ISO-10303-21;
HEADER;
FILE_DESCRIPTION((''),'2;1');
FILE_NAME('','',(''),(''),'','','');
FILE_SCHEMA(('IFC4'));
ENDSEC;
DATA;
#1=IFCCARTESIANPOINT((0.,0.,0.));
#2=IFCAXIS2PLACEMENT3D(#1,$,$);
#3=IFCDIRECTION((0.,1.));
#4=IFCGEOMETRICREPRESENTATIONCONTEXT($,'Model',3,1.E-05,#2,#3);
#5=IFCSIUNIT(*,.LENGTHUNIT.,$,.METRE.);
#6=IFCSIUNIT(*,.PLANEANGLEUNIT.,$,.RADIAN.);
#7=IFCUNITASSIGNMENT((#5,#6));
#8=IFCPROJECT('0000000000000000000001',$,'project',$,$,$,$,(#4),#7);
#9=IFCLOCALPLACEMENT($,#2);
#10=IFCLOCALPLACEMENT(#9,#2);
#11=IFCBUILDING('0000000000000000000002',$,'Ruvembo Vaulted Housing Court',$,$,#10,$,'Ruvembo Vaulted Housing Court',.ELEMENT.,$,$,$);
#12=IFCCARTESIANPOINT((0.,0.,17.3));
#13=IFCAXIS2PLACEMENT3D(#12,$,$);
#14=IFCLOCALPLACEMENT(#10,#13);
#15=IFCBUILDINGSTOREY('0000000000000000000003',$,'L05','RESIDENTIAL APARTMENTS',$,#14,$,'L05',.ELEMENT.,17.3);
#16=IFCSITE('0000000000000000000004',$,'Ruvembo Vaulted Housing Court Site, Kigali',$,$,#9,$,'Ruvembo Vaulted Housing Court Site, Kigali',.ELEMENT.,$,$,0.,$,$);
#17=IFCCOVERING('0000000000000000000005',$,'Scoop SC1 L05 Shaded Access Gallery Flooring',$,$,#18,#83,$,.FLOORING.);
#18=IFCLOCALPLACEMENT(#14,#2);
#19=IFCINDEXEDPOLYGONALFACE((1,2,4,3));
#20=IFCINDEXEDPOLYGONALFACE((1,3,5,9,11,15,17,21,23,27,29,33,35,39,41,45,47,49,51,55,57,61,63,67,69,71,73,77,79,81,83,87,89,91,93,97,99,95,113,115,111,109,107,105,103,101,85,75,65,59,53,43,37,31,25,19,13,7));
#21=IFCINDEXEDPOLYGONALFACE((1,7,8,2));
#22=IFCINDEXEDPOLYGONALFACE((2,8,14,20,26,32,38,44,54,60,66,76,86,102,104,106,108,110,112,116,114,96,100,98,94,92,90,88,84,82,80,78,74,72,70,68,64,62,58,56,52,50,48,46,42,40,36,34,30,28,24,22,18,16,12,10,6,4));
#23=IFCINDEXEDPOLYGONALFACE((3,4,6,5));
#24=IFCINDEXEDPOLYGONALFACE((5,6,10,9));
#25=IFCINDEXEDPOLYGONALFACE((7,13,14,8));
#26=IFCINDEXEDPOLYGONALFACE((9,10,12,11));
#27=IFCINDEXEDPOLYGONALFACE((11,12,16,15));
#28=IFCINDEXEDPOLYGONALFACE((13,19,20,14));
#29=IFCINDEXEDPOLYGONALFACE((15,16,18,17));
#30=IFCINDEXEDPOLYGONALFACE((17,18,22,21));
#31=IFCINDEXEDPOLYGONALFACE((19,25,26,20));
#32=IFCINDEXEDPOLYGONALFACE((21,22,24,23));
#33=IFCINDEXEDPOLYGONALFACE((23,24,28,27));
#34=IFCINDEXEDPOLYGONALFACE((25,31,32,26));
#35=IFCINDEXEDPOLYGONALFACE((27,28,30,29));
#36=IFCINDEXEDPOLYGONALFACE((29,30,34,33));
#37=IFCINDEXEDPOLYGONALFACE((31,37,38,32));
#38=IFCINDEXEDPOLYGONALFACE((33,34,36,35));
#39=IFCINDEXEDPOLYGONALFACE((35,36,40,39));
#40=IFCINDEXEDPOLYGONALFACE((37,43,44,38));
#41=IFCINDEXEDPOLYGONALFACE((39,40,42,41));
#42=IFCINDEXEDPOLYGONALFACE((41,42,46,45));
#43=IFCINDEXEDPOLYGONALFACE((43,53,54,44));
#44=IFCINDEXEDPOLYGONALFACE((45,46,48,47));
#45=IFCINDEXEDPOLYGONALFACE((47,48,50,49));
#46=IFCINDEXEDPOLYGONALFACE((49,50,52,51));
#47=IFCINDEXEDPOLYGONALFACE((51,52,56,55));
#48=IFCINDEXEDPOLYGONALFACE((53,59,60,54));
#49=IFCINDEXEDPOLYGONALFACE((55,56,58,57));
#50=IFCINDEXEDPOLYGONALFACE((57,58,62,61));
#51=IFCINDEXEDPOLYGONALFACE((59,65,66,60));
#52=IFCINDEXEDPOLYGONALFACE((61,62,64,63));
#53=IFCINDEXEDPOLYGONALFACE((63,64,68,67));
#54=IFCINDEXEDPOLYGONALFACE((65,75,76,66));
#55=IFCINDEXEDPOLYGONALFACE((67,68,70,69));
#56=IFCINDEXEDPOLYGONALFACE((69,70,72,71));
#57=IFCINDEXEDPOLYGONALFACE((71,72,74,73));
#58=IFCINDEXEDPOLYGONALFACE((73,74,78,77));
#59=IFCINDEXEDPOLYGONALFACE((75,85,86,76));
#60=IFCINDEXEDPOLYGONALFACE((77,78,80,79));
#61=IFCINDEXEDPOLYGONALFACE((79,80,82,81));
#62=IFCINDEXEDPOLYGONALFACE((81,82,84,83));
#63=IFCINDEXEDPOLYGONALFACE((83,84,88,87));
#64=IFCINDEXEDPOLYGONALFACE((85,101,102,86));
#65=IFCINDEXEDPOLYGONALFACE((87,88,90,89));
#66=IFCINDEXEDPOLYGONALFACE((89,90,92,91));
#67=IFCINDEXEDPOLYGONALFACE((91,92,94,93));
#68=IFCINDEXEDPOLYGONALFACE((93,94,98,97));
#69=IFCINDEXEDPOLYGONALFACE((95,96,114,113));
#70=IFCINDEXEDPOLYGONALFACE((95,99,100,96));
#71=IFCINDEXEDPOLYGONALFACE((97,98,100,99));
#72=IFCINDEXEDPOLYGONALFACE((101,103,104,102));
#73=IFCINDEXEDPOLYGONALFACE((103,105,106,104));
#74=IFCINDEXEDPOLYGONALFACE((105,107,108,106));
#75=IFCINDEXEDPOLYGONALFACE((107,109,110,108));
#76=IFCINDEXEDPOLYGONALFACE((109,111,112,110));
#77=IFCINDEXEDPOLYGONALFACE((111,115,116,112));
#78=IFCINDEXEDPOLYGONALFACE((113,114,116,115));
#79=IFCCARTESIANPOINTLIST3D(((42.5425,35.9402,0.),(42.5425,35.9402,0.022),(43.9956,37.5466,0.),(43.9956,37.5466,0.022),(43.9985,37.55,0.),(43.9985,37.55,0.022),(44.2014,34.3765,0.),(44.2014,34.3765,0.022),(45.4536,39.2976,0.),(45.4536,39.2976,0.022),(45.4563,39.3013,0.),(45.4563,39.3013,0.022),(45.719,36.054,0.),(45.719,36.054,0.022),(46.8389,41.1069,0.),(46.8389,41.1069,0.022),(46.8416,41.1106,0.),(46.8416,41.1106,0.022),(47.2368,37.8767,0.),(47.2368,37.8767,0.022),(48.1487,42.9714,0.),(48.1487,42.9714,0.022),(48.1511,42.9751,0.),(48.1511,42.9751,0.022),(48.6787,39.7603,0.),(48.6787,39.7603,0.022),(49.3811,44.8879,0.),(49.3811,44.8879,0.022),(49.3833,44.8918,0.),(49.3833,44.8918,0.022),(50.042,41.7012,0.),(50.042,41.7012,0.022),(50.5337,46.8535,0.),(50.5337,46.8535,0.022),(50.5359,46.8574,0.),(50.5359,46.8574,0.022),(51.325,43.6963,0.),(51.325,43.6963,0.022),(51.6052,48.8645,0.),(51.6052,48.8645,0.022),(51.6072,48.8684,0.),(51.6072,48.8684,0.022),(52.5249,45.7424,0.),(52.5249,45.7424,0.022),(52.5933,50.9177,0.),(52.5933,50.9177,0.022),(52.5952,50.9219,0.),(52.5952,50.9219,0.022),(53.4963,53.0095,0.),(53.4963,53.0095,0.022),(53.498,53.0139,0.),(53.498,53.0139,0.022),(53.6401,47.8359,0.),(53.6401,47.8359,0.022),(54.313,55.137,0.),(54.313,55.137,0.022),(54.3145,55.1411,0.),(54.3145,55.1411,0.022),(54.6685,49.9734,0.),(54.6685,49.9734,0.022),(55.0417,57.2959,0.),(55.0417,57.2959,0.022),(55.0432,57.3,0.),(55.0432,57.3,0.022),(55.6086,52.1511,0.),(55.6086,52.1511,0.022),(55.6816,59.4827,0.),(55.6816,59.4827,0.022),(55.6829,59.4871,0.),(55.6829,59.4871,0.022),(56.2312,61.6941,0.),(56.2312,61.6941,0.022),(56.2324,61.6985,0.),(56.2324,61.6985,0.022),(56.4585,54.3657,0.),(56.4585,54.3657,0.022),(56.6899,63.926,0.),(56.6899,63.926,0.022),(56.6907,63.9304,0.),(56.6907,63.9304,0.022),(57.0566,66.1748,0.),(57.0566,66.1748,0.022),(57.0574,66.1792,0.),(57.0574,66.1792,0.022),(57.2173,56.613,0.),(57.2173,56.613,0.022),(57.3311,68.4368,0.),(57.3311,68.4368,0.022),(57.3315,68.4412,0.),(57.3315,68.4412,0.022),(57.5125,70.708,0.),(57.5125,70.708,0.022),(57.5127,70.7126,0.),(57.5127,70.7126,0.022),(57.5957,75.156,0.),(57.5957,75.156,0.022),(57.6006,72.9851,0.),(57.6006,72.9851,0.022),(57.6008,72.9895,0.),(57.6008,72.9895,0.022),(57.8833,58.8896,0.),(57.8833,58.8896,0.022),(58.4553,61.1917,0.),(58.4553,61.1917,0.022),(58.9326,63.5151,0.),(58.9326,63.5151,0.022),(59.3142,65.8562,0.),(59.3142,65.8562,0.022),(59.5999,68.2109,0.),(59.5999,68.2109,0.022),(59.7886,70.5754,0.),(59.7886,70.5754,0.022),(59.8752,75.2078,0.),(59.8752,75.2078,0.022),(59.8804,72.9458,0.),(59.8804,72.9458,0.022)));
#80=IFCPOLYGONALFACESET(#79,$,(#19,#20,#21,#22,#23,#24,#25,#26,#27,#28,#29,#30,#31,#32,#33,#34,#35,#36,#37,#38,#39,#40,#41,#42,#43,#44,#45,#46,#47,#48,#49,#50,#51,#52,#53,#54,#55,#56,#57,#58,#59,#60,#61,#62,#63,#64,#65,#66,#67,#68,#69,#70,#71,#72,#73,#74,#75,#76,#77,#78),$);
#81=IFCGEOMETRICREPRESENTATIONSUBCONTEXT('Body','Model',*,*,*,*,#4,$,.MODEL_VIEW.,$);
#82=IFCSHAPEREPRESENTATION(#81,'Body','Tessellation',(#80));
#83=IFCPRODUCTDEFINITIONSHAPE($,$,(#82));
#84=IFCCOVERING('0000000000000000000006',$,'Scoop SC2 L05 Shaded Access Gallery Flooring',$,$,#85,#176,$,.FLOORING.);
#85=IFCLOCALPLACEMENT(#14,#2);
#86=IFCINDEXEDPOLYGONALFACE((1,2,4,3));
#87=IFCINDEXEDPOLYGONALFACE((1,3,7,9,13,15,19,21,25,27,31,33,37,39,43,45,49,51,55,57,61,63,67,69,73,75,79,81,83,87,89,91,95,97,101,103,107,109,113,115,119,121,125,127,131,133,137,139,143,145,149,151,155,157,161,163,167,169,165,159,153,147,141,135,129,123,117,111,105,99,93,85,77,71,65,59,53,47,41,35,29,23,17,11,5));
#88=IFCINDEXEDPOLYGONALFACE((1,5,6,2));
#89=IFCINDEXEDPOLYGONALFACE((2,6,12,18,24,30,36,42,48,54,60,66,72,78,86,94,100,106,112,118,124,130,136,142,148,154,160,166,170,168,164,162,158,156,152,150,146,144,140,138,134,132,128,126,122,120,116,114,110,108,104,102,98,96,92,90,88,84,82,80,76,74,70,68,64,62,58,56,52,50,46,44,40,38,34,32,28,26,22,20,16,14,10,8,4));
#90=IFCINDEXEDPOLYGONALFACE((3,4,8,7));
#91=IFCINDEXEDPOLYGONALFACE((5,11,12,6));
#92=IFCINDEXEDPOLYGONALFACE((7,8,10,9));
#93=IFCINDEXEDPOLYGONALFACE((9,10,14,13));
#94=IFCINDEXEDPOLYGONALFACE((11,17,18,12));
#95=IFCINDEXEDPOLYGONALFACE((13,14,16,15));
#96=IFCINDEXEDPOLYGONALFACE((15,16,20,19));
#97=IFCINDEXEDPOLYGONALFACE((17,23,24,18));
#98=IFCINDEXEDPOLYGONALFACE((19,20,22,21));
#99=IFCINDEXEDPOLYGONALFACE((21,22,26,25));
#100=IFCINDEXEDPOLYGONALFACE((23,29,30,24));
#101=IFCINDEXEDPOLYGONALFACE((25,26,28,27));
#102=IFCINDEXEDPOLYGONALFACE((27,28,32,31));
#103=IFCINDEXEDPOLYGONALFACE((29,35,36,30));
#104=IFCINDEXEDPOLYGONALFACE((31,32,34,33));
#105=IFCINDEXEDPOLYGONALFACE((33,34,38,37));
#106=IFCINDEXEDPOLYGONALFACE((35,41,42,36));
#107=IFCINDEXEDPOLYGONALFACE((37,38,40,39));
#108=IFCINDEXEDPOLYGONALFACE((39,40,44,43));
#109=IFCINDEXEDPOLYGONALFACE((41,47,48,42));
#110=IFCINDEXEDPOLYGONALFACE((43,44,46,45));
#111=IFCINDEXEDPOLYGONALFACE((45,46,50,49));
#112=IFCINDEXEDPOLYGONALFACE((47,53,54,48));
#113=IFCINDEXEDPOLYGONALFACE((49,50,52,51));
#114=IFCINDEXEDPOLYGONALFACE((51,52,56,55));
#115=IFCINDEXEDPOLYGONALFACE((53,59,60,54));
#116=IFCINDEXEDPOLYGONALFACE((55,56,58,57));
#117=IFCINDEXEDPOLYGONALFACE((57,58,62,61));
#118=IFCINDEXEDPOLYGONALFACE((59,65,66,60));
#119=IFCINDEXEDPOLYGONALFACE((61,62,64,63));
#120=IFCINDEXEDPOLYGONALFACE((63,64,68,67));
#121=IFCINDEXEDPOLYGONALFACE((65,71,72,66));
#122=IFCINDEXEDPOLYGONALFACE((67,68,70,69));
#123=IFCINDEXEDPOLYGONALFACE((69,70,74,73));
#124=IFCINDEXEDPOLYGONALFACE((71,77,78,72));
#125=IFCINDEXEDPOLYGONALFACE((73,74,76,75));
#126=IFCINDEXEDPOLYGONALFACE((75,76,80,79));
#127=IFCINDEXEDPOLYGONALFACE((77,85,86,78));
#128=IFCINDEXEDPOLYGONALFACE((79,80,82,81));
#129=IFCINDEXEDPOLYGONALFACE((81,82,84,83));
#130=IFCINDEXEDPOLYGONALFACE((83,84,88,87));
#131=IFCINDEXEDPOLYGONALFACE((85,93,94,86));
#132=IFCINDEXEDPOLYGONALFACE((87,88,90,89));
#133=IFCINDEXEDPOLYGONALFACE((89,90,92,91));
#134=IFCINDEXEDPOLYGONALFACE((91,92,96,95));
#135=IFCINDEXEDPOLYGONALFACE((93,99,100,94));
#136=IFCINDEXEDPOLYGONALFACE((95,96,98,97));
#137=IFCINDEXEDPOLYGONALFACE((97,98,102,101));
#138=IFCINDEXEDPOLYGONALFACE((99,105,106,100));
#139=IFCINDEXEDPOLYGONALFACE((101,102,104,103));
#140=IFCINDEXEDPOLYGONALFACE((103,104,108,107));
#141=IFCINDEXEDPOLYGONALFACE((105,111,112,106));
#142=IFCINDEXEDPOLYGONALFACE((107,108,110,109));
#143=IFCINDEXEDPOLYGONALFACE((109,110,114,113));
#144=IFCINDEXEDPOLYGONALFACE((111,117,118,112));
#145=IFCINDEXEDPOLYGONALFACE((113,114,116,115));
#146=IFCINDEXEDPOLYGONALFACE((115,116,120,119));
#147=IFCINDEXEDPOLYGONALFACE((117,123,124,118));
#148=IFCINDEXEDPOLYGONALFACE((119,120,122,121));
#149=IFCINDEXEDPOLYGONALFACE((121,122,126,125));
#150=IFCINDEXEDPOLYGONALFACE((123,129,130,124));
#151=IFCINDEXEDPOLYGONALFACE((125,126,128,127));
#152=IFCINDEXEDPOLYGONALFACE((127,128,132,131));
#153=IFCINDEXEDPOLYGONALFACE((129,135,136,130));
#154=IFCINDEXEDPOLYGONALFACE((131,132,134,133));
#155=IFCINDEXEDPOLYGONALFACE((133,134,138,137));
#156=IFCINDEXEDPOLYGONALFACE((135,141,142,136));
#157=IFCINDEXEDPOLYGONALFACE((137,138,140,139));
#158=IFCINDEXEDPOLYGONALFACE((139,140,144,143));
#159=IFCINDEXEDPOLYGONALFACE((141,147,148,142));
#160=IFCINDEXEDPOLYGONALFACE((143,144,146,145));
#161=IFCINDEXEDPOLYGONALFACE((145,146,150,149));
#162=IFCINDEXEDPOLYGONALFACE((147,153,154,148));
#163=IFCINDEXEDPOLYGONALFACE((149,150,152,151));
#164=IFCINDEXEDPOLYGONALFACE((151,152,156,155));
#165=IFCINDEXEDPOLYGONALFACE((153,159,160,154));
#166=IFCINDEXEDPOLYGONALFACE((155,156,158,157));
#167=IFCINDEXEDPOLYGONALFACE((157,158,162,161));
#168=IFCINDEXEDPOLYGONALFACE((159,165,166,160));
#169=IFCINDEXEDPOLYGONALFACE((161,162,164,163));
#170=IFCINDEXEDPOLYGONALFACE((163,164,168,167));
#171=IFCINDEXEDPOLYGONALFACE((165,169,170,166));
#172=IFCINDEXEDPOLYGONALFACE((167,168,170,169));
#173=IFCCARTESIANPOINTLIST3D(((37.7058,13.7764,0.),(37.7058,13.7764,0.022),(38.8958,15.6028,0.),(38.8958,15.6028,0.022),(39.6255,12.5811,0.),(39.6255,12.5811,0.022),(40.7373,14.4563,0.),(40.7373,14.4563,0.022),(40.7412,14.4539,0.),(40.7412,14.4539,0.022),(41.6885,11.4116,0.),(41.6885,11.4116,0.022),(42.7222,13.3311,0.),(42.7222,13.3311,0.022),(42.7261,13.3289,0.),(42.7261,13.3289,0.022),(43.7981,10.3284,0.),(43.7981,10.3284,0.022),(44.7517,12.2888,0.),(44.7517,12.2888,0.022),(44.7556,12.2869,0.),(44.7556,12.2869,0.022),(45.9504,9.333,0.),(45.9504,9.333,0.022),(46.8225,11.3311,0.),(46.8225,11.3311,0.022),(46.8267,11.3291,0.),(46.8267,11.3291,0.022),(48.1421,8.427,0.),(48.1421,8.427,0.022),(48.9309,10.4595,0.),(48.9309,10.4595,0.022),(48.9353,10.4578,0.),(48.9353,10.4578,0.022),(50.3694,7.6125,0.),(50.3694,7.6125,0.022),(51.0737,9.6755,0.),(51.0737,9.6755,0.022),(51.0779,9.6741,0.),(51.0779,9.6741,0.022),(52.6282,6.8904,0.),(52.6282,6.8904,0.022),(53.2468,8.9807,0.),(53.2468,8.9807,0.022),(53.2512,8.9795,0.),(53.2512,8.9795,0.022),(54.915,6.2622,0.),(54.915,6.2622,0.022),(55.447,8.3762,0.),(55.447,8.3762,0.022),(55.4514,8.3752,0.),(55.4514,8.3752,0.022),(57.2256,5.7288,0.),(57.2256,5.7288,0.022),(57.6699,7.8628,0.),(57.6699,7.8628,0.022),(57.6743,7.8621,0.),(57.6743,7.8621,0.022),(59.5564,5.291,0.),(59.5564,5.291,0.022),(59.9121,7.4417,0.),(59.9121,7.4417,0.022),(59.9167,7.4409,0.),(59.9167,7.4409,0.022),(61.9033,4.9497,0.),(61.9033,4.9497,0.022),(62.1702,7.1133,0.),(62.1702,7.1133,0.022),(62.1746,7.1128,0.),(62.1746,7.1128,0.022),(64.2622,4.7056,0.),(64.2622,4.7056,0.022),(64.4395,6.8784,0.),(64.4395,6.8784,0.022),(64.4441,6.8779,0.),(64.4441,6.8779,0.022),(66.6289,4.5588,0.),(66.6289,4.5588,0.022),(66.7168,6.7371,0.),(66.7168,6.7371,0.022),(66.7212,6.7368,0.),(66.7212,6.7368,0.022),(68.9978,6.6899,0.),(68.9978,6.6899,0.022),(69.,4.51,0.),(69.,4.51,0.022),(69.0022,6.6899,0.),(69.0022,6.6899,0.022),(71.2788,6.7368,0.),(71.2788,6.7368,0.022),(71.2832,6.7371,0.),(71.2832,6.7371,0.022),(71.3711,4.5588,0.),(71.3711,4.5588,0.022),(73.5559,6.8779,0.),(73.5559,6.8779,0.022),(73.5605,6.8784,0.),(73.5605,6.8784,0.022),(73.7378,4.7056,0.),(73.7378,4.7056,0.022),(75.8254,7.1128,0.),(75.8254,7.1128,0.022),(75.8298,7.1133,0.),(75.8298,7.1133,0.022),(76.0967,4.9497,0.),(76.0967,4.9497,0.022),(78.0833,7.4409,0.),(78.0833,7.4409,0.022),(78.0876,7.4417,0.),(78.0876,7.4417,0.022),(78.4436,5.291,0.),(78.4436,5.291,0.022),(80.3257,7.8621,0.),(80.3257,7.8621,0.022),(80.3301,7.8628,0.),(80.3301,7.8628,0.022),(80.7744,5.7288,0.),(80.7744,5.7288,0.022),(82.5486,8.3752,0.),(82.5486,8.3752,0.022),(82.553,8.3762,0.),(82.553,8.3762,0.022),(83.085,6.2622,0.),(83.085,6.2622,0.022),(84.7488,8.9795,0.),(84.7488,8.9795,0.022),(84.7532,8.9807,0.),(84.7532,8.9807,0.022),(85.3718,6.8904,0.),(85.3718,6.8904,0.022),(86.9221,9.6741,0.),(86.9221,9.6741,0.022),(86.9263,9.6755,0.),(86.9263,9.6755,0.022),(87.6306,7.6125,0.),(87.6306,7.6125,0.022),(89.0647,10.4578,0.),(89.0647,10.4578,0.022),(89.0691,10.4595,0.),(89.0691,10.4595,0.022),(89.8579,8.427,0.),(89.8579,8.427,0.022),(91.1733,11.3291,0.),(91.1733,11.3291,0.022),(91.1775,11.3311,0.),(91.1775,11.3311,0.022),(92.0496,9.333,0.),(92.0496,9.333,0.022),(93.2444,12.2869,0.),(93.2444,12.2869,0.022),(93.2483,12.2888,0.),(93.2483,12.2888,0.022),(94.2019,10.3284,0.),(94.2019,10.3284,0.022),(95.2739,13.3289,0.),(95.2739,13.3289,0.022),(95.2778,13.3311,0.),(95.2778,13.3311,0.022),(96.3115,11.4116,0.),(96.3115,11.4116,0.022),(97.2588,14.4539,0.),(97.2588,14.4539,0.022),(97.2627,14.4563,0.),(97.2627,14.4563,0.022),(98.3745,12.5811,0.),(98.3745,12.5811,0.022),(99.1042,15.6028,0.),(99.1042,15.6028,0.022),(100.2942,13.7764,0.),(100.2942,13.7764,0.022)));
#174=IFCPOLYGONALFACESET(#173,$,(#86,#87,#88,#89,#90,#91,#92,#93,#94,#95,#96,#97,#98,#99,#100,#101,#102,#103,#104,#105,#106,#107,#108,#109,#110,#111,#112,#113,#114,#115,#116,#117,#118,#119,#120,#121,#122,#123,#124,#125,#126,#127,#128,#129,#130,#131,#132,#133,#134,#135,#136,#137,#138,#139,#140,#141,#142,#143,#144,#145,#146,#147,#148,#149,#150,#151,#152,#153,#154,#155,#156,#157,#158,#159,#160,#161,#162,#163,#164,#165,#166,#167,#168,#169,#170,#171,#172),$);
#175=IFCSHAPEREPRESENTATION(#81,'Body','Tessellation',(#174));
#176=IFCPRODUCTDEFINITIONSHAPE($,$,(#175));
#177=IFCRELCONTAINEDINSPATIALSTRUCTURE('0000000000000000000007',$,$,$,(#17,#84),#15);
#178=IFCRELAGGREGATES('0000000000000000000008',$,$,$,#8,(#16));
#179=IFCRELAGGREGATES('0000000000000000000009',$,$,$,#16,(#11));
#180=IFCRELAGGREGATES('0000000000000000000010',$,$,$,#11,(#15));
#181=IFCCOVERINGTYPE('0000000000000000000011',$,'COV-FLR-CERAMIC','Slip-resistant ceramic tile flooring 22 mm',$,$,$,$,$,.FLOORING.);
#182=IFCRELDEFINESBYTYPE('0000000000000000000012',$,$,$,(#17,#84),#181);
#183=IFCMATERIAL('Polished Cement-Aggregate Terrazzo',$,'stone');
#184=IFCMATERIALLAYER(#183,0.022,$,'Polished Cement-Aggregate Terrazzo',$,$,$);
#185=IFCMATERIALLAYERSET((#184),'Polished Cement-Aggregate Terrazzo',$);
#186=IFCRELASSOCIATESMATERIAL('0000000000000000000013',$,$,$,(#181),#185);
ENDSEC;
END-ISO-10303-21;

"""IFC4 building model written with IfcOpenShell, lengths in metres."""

from ifc_helpers import new_model, si_unit, direction, frame, origin, place, context, subcontext, project, spatial, polyline, outline, extrude, material, layer, layer_set, type_object, element, save


model = new_model("IFC4")

# Units and contexts
model_context = context("Model", 3, precision=1e-05, world=origin(), true_north=direction((0.0, 1.0)))
body_context = subcontext(model_context, "Body", "Model", "MODEL_VIEW")
ifc_project = project(units=[si_unit("LENGTHUNIT", "METRE"), si_unit("PLANEANGLEUNIT", "RADIAN")], contexts=[model_context])

# Site, building, storey
site_placement = place(None, origin())
site = spatial("IfcSite", under=ifc_project, at=site_placement, Name="Ruvembo Vaulted Housing Court Site, Kigali", LongName="Ruvembo Vaulted Housing Court Site, Kigali", CompositionType="ELEMENT", RefElevation=0.0)
building_placement = place(site_placement, origin())
building = spatial("IfcBuilding", under=site, at=building_placement, Name="Ruvembo Vaulted Housing Court", LongName="Ruvembo Vaulted Housing Court", CompositionType="ELEMENT")
storey_placement = place(building_placement, frame((0.0, 0.0, 17.3)))
storey = spatial("IfcBuildingStorey", under=building, at=storey_placement, Name="L05", Description="RESIDENTIAL APARTMENTS", LongName="L05", CompositionType="ELEMENT", Elevation=17.3)

# Coverings
ifc_material_1 = material(Name="Polished Cement-Aggregate Terrazzo", Category="stone")
ifc_layer_1 = layer(ifc_material_1, 0.022, Name="Polished Cement-Aggregate Terrazzo")
ifc_layer_set_1 = layer_set([ifc_layer_1], Name="Polished Cement-Aggregate Terrazzo")
covering_type_1 = type_object("IfcCoveringType", Name="COV-FLR-CERAMIC", Description="Slip-resistant ceramic tile flooring 22 mm", PredefinedType="FLOORING", material=ifc_layer_set_1)
covering_1_placement = place(storey_placement, origin())
element("IfcCovering", 1, at=covering_1_placement, inside=storey, type_object=covering_type_1, Name="Scoop SC1 L05 Shaded Access Gallery Flooring", PredefinedType="FLOORING", context=body_context, shape_type="SweptSolid", body=[
    extrude(outline(polyline([(44.2014, 34.3765), (45.719, 36.054), (47.2368, 37.8767), (48.6787, 39.7603), (50.042, 41.7012), (51.325, 43.6963), (52.5249, 45.7424), (53.6401, 47.8359), (54.6685, 49.9734), (55.6086, 52.1511), (56.4585, 54.3657), (57.2173, 56.613), (57.8833, 58.8896), (58.4553, 61.1917), (58.9326, 63.5151), (59.3142, 65.8562), (59.5999, 68.2109), (59.7886, 70.5754), (59.8804, 72.9458), (59.8752, 75.2078), (57.5957, 75.156), (57.6008, 72.9895), (57.6006, 72.9851), (57.5127, 70.7126), (57.5125, 70.708), (57.3315, 68.4412), (57.3311, 68.4368), (57.0574, 66.1792), (57.0566, 66.1748), (56.6907, 63.9304), (56.6899, 63.926), (56.2324, 61.6985), (56.2312, 61.6941), (55.6829, 59.4871), (55.6816, 59.4827), (55.0432, 57.3), (55.0417, 57.2959), (54.3145, 55.1411), (54.313, 55.137), (53.498, 53.0139), (53.4963, 53.0095), (52.5952, 50.9219), (52.5933, 50.9177), (51.6072, 48.8684), (51.6052, 48.8645), (50.5359, 46.8574), (50.5337, 46.8535), (49.3833, 44.8918), (49.3811, 44.8879), (48.1511, 42.9751), (48.1487, 42.9714), (46.8416, 41.1106), (46.8389, 41.1069), (45.4563, 39.3013), (45.4536, 39.2976), (43.9985, 37.55), (43.9956, 37.5466), (42.5425, 35.9402), (44.2014, 34.3765)])), origin(), (0.0, 0.0, 1.0), 0.022),
])
covering_2_placement = place(storey_placement, origin())
element("IfcCovering", 2, at=covering_2_placement, inside=storey, type_object=covering_type_1, Name="Scoop SC2 L05 Shaded Access Gallery Flooring", PredefinedType="FLOORING", context=body_context, shape_type="SweptSolid", body=[
    extrude(outline(polyline([(37.7058, 13.7764), (39.6255, 12.5811), (41.6885, 11.4116), (43.7981, 10.3284), (45.9504, 9.333), (48.1421, 8.427), (50.3694, 7.6125), (52.6282, 6.8904), (54.915, 6.2622), (57.2256, 5.7288), (59.5564, 5.291), (61.9033, 4.9497), (64.2622, 4.7056), (66.6289, 4.5588), (69.0, 4.51), (71.3711, 4.5588), (73.7378, 4.7056), (76.0967, 4.9497), (78.4436, 5.291), (80.7744, 5.7288), (83.085, 6.2622), (85.3718, 6.8904), (87.6306, 7.6125), (89.8579, 8.427), (92.0496, 9.333), (94.2019, 10.3284), (96.3115, 11.4116), (98.3745, 12.5811), (100.2942, 13.7764), (99.1042, 15.6028), (97.2627, 14.4563), (97.2588, 14.4539), (95.2778, 13.3311), (95.2739, 13.3289), (93.2483, 12.2888), (93.2444, 12.2869), (91.1775, 11.3311), (91.1733, 11.3291), (89.0691, 10.4595), (89.0647, 10.4578), (86.9263, 9.6755), (86.9221, 9.6741), (84.7532, 8.9807), (84.7488, 8.9795), (82.553, 8.3762), (82.5486, 8.3752), (80.3301, 7.8628), (80.3257, 7.8621), (78.0876, 7.4417), (78.0833, 7.4409), (75.8298, 7.1133), (75.8254, 7.1128), (73.5605, 6.8784), (73.5559, 6.8779), (71.2832, 6.7371), (71.2788, 6.7368), (69.0022, 6.6899), (68.9978, 6.6899), (66.7212, 6.7368), (66.7168, 6.7371), (64.4441, 6.8779), (64.4395, 6.8784), (62.1746, 7.1128), (62.1702, 7.1133), (59.9167, 7.4409), (59.9121, 7.4417), (57.6743, 7.8621), (57.6699, 7.8628), (55.4514, 8.3752), (55.447, 8.3762), (53.2512, 8.9795), (53.2468, 8.9807), (51.0779, 9.6741), (51.0737, 9.6755), (48.9353, 10.4578), (48.9309, 10.4595), (46.8267, 11.3291), (46.8225, 11.3311), (44.7556, 12.2869), (44.7517, 12.2888), (42.7261, 13.3289), (42.7222, 13.3311), (40.7412, 14.4539), (40.7373, 14.4563), (38.8958, 15.6028), (37.7058, 13.7764)])), origin(), (0.0, 0.0, 1.0), 0.022),
])

save(model, "model.ifc")
